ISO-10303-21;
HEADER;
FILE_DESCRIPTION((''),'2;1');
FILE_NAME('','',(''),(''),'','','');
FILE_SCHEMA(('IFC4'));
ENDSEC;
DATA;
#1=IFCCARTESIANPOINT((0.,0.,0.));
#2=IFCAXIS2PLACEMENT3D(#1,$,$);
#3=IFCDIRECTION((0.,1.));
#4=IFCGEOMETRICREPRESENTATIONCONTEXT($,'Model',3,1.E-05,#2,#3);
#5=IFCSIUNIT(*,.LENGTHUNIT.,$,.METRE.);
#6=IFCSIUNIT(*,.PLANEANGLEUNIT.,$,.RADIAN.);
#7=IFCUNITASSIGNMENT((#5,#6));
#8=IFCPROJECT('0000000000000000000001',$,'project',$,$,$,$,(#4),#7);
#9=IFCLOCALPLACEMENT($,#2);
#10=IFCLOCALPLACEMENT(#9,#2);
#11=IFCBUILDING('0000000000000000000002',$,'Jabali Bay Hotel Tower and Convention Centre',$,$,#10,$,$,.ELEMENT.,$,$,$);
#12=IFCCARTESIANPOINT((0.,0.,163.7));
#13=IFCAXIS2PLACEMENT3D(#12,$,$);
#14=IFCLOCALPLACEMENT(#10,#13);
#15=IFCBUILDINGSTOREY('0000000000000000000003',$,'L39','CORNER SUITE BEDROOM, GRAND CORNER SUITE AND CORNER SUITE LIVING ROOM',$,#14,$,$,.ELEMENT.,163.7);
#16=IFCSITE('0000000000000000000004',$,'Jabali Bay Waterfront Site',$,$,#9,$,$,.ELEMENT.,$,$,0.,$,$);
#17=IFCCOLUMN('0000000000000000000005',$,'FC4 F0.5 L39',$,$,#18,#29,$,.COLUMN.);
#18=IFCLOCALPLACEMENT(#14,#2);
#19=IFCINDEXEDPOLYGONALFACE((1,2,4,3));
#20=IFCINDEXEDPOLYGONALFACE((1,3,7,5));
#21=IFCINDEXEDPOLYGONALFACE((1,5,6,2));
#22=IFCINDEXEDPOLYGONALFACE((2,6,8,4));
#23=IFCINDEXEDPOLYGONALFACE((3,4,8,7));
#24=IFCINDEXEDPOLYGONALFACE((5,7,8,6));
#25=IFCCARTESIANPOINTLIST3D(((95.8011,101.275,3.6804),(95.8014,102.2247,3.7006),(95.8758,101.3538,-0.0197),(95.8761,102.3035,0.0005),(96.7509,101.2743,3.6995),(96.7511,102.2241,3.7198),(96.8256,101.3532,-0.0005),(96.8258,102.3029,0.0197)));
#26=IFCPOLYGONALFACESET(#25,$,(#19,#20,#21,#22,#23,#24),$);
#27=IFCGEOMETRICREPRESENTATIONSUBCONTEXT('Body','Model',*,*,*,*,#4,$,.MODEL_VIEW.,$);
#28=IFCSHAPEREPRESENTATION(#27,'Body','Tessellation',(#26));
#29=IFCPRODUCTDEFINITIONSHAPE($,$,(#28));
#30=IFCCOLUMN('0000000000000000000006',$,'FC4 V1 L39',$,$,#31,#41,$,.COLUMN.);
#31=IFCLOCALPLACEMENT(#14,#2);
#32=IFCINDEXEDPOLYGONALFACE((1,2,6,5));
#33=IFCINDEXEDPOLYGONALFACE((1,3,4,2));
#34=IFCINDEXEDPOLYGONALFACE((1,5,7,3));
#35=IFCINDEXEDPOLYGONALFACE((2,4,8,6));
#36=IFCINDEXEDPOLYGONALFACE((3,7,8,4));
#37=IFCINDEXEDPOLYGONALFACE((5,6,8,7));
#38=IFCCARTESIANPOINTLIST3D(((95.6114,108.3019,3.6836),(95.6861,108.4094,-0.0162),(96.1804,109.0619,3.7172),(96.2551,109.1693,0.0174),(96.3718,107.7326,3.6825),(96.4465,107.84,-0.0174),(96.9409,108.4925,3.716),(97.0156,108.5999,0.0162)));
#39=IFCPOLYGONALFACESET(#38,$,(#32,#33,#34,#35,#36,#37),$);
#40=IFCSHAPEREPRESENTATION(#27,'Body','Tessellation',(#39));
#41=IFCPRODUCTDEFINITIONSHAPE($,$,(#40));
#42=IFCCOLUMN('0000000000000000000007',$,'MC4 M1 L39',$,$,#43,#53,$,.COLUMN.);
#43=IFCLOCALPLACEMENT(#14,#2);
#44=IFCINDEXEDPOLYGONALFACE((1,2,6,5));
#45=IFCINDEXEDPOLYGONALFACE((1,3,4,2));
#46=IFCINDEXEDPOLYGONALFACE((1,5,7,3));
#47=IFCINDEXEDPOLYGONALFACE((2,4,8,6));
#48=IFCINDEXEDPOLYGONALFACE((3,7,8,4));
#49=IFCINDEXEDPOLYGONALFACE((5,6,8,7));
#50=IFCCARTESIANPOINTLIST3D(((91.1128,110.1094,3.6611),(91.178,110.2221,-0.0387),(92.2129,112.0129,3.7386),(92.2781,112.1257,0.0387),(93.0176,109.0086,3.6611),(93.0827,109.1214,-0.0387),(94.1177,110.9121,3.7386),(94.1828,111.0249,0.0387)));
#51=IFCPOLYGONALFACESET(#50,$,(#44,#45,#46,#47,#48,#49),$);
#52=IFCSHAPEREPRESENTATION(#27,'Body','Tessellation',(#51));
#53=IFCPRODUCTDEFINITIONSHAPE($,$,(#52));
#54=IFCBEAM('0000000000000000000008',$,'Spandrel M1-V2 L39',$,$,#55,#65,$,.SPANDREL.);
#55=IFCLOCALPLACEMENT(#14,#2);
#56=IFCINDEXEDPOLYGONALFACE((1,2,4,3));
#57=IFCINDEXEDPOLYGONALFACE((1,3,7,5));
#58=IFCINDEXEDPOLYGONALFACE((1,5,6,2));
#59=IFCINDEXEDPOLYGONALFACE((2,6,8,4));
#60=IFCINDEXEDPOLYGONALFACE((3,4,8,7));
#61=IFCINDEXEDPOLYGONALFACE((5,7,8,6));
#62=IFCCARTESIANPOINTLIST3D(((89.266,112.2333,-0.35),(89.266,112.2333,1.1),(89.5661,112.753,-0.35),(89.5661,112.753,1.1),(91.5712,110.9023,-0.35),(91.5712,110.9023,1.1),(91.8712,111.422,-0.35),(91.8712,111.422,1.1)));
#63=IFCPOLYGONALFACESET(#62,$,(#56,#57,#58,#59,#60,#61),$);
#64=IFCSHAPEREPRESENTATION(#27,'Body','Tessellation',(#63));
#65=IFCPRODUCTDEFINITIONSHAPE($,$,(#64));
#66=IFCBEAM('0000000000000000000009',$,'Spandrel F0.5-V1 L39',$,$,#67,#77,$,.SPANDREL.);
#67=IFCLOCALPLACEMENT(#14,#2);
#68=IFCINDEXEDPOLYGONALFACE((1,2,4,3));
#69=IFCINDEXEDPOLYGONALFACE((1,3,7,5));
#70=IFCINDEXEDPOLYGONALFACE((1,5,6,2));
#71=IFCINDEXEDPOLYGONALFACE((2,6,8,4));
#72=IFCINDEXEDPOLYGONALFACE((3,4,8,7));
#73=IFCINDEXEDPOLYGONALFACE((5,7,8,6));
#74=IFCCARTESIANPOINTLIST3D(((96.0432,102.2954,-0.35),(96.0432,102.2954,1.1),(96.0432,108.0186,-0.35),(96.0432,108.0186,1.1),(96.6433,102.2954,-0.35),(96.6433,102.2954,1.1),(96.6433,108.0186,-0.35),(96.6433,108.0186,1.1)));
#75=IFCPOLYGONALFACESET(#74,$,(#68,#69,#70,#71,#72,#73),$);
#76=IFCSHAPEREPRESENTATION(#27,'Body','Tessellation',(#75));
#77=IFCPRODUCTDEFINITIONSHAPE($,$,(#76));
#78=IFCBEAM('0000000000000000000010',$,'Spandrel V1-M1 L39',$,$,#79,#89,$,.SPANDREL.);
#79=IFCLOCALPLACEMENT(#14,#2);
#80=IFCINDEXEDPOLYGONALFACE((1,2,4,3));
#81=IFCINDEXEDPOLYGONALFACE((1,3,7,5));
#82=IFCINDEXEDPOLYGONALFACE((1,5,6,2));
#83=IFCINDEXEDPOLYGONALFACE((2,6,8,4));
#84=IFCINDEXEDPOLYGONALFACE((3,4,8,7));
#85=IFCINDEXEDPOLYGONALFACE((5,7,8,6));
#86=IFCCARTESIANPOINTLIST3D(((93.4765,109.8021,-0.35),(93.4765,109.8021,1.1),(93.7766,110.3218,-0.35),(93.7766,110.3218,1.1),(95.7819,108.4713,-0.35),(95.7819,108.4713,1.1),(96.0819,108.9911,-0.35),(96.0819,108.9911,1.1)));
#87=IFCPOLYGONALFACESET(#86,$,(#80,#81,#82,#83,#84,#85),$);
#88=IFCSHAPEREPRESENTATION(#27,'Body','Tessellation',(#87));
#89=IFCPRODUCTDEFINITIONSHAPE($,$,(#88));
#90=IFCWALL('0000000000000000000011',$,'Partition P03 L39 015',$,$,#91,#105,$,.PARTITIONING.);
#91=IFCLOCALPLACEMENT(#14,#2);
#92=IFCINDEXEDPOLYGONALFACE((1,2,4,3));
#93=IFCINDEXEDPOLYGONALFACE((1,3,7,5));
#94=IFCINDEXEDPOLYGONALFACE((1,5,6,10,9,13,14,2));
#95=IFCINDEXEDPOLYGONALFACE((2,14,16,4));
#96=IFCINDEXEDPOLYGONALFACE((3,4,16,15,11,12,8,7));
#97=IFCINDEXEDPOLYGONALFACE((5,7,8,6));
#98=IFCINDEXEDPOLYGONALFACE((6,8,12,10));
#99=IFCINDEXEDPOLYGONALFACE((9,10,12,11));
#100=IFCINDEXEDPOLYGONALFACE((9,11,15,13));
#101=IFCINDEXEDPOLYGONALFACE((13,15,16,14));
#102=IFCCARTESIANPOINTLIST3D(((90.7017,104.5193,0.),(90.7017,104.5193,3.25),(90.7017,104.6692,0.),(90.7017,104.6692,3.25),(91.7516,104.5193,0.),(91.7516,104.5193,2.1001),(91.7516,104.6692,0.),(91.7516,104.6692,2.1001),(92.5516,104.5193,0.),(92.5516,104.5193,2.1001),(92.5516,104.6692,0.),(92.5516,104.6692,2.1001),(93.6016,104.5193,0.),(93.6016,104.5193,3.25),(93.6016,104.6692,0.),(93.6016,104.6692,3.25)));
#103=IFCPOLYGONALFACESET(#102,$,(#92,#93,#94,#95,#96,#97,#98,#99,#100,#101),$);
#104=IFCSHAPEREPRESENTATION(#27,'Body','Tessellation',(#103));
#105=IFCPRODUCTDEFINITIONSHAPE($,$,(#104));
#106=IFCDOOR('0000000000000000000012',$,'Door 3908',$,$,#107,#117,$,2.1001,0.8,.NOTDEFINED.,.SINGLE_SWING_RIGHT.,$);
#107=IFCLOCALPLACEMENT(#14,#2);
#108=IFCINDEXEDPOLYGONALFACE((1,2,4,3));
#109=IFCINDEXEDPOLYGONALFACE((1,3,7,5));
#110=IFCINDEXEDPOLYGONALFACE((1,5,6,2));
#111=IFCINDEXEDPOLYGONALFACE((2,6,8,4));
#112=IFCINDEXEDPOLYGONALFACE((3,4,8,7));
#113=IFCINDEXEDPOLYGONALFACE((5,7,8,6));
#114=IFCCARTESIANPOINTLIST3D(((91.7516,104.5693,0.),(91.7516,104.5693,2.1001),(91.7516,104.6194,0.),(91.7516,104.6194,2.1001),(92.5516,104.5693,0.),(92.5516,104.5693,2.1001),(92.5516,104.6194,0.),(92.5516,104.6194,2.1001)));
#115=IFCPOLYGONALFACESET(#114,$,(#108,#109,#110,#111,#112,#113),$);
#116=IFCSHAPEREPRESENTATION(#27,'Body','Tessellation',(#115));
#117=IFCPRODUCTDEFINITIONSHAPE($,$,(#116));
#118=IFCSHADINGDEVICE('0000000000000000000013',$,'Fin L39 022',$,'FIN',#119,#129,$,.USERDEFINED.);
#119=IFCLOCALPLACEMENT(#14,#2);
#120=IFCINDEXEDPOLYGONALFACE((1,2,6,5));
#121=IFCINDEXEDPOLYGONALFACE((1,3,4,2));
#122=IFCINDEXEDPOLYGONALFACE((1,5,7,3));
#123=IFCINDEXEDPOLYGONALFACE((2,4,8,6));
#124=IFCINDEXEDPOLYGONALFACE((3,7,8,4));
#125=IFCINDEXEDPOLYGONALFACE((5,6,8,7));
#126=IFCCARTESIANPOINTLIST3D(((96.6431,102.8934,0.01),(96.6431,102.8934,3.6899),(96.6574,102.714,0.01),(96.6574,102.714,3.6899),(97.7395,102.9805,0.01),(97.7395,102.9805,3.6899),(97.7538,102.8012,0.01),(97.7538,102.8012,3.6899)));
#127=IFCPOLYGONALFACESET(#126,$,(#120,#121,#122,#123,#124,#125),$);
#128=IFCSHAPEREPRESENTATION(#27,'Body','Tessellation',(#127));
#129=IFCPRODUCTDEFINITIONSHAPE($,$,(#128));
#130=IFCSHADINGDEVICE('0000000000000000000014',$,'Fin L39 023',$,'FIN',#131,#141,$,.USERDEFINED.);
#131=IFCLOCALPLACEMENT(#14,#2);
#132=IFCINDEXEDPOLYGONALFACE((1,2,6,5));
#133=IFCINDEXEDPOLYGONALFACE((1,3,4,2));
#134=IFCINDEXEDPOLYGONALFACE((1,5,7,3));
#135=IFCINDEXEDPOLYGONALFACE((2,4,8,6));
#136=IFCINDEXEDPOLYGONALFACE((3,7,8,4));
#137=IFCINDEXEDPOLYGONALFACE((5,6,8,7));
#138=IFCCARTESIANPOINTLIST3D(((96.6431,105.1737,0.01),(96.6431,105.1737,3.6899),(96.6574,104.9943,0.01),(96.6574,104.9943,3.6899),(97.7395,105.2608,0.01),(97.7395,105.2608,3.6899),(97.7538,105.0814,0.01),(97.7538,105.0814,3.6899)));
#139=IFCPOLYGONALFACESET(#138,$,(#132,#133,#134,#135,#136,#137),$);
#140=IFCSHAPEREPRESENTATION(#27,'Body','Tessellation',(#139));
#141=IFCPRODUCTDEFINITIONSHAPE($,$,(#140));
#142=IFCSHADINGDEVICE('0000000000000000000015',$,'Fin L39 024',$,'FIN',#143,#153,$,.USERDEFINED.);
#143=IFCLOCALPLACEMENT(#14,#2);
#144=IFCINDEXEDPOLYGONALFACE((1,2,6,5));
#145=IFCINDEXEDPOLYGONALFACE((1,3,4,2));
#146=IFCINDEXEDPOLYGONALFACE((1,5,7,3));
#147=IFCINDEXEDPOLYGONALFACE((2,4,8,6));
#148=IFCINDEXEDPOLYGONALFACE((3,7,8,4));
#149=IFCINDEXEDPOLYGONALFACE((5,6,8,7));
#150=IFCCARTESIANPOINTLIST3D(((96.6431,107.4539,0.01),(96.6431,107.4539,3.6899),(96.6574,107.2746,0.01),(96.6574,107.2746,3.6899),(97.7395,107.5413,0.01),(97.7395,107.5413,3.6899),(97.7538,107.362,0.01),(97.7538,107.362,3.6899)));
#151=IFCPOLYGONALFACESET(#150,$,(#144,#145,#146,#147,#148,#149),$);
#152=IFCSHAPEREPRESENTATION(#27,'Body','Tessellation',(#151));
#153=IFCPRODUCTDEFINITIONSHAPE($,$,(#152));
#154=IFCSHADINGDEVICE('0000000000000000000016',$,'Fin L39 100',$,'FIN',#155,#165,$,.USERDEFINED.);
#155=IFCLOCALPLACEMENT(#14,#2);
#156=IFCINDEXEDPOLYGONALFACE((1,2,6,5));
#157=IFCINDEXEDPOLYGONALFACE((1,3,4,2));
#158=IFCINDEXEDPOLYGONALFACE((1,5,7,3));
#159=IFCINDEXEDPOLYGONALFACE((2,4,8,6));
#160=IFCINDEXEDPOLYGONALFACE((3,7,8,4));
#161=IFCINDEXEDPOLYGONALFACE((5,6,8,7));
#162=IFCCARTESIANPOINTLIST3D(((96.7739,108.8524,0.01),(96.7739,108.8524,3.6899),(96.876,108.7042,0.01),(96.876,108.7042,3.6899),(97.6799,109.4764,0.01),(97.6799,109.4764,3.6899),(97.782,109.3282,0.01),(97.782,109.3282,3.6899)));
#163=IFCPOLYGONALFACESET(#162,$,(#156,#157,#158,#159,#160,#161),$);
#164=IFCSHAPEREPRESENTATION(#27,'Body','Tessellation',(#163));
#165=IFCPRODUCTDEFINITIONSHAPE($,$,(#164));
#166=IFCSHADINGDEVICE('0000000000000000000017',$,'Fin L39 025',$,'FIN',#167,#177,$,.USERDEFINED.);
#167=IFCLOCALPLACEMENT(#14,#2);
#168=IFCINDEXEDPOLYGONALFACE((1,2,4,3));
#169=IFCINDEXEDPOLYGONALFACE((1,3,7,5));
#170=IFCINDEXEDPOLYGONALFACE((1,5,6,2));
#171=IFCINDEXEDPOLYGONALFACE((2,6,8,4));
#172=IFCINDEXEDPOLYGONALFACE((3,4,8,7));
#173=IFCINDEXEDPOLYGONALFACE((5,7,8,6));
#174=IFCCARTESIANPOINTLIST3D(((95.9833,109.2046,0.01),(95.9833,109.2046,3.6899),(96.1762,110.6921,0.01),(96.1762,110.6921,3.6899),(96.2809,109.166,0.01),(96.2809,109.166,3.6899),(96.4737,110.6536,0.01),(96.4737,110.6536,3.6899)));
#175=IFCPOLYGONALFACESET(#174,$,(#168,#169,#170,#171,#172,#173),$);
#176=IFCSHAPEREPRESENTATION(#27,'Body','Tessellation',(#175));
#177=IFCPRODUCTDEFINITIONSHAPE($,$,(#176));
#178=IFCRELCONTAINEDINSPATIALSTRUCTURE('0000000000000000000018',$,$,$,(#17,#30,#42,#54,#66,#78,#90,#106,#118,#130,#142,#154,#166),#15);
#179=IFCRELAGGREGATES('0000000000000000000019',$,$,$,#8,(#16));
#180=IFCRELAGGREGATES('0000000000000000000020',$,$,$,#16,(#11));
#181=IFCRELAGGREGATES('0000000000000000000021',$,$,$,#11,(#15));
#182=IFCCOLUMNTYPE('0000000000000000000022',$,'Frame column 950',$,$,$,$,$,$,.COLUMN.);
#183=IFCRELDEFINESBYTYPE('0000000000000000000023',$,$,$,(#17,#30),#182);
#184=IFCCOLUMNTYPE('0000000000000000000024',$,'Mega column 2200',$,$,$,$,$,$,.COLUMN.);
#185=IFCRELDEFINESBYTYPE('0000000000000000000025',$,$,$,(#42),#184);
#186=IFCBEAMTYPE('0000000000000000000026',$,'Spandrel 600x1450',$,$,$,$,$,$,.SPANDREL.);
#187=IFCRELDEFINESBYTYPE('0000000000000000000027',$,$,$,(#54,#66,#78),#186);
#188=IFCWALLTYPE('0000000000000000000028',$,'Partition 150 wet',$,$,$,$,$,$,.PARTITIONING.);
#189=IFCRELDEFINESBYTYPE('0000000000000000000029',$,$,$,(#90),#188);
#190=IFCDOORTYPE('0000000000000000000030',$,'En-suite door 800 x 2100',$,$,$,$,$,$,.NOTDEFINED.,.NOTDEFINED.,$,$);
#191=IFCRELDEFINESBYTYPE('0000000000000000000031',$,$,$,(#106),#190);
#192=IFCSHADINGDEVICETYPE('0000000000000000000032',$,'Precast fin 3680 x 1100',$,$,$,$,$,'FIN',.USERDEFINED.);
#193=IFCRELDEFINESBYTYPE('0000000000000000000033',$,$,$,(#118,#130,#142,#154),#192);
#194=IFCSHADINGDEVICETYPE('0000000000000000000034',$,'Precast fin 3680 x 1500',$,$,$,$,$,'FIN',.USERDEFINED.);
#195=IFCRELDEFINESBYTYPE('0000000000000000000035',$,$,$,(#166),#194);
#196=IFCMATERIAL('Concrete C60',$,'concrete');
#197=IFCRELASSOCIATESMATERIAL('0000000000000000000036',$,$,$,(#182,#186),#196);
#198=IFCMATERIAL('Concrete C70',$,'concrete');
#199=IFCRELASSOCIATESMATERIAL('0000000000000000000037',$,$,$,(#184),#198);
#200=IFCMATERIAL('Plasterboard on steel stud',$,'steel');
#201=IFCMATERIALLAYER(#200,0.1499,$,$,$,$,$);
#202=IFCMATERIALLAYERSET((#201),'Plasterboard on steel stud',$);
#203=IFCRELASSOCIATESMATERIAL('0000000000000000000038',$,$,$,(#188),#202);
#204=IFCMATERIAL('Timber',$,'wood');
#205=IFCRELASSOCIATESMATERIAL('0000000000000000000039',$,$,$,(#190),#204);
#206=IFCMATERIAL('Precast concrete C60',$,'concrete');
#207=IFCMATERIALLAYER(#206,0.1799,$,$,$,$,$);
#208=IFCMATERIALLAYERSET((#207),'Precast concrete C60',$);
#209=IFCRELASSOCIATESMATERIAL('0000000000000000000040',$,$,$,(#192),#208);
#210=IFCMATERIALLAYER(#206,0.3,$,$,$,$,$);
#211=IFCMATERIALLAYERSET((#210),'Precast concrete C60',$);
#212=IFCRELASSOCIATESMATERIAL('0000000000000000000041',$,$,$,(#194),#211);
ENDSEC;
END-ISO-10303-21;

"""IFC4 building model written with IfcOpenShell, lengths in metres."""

from ifc_helpers import new_model, si_unit, direction, frame, frame_2d, origin, origin_2d, place, context, subcontext, project, spatial, rectangle, extrude, material, layer, layer_set, material_profile, profile_set, type_object, element, fill, save


model = new_model("IFC4")

# Units and contexts
model_context = context("Model", 3, precision=1e-05, world=origin(), true_north=direction((0.0, 1.0)))
body_context = subcontext(model_context, "Body", "Model", "MODEL_VIEW")
ifc_project = project(units=[si_unit("LENGTHUNIT", "METRE"), si_unit("PLANEANGLEUNIT", "RADIAN")], contexts=[model_context])

# Site, building, storey
site_placement = place(None, origin())
site = spatial("IfcSite", under=ifc_project, at=site_placement, Name="Jabali Bay Waterfront Site", CompositionType="ELEMENT", RefElevation=0.0)
building_placement = place(site_placement, origin())
building = spatial("IfcBuilding", under=site, at=building_placement, Name="Jabali Bay Hotel Tower and Convention Centre", CompositionType="ELEMENT")
storey_placement = place(building_placement, frame((0.0, 0.0, 163.7)))
storey = spatial("IfcBuildingStorey", under=building, at=storey_placement, Name="L39", Description="CORNER SUITE BEDROOM, GRAND CORNER SUITE AND CORNER SUITE LIVING ROOM", CompositionType="ELEMENT", Elevation=163.7)

# Columns
ifc_material_1 = material(Name="Concrete C60", Category="concrete")
ifc_material_profile_1 = material_profile(ifc_material_1, rectangle(XDim=0.95, YDim=0.95, at=origin_2d()), Name="Frame column 950")
ifc_profile_set_1 = profile_set([ifc_material_profile_1], Name="Concrete C60")
column_type_1 = type_object("IfcColumnType", Name="Frame column 950", PredefinedType="COLUMN", material=ifc_profile_set_1)
column_1_placement = place(storey_placement, frame((96.3508, 101.8284, 0.0), z_axis=(-0.020183, -0.021304, 0.999569), x_axis=(0.999796, -0.000658, 0.020173)))
element("IfcColumn", 1, at=column_1_placement, inside=storey, type_object=column_type_1, Name="FC4 F0.5 L39", PredefinedType="COLUMN", context=body_context, shape_type="SweptSolid", body=[
    extrude(rectangle(XDim=0.95, YDim=0.95, at=origin_2d()), origin(), (0.0, 0.0, 1.0), 3.7017),
])
column_2_placement = place(storey_placement, frame((96.3508, 108.5046, 0.0), z_axis=(-0.020179, -0.029015, 0.999375), x_axis=(0.599023, 0.799953, 0.03532)))
element("IfcColumn", 2, at=column_2_placement, inside=storey, type_object=column_type_1, Name="FC4 V1 L39", PredefinedType="COLUMN", context=body_context, shape_type="SweptSolid", body=[
    extrude(rectangle(XDim=0.95, YDim=0.95, at=origin_2d()), origin(), (0.0, 0.0, 1.0), 3.7021),
])
ifc_material_2 = material(Name="Concrete C70", Category="concrete")
ifc_material_profile_2 = material_profile(ifc_material_2, rectangle(XDim=2.2, YDim=2.2, at=origin_2d()), Name="Mega column 2200")
ifc_profile_set_2 = profile_set([ifc_material_profile_2], Name="Concrete C70")
column_type_2 = type_object("IfcColumnType", Name="Mega column 2200", PredefinedType="COLUMN", material=ifc_profile_set_2)
column_3_placement = place(storey_placement, frame((92.6804, 110.6235, 0.0), z_axis=(-0.017607, -0.030466, 0.999381), x_axis=(0.865812, -0.500369, 0.0)))
element("IfcColumn", 3, at=column_3_placement, inside=storey, type_object=column_type_2, Name="MC4 M1 L39", PredefinedType="COLUMN", context=body_context, shape_type="SweptSolid", body=[
    extrude(rectangle(XDim=2.2, YDim=2.2, at=origin_2d()), origin(), (0.0, 0.0, 1.0), 3.7021),
])

# Beams
ifc_material_profile_3 = material_profile(ifc_material_1, rectangle(XDim=0.6001, YDim=1.45, at=origin_2d()), Name="Spandrel 600x1450")
ifc_profile_set_3 = profile_set([ifc_material_profile_3], Name="Concrete C60")
beam_type = type_object("IfcBeamType", Name="Spandrel 600x1450", PredefinedType="SPANDREL", material=ifc_profile_set_3)
beam_1_placement = place(storey_placement, frame((91.7212, 111.1621, 0.375), z_axis=(-0.865999, 0.500045, 0.0), x_axis=(-0.500045, -0.865999, 0.0)))
element("IfcBeam", 4, at=beam_1_placement, inside=storey, type_object=beam_type, Name="Spandrel M1-V2 L39", PredefinedType="SPANDREL", context=body_context, shape_type="SweptSolid", body=[
    extrude(rectangle(XDim=0.6001, YDim=1.45, at=origin_2d()), origin(), (0.0, 0.0, 1.0), 2.6619),
])
beam_2_placement = place(storey_placement, frame((96.3433, 102.2954, 0.375), z_axis=(0.0, 1.0, 0.0), x_axis=(-1.0, 0.0, 0.0)))
element("IfcBeam", 5, at=beam_2_placement, inside=storey, type_object=beam_type, Name="Spandrel F0.5-V1 L39", PredefinedType="SPANDREL", context=body_context, shape_type="SweptSolid", body=[
    extrude(rectangle(XDim=0.6001, YDim=1.45, at=origin_2d()), origin(), (0.0, 0.0, 1.0), 5.7231),
])
beam_3_placement = place(storey_placement, frame((95.9319, 108.7312, 0.375), z_axis=(-0.866062, 0.499937, 0.0), x_axis=(-0.499937, -0.866062, 0.0)))
element("IfcBeam", 6, at=beam_3_placement, inside=storey, type_object=beam_type, Name="Spandrel V1-M1 L39", PredefinedType="SPANDREL", context=body_context, shape_type="SweptSolid", body=[
    extrude(rectangle(XDim=0.6001, YDim=1.45, at=origin_2d()), origin(), (0.0, 0.0, 1.0), 2.6619),
])

# Wall, opening, door
ifc_material_3 = material(Name="Plasterboard on steel stud", Category="steel")
ifc_layer_1 = layer(ifc_material_3, 0.1499)
ifc_layer_set_1 = layer_set([ifc_layer_1], Name="Plasterboard on steel stud")
wall_type_1 = type_object("IfcWallType", Name="Partition 150 wet", PredefinedType="PARTITIONING", material=ifc_layer_set_1)
wall_1_placement = place(storey_placement, frame((93.6016, 104.5942, 0.0), z_axis=(0.0, 0.0, 1.0), x_axis=(-1.0, 0.0, 0.0)))
wall_1 = element("IfcWall", 7, at=wall_1_placement, inside=storey, type_object=wall_type_1, Name="Partition P03 L39 015", PredefinedType="PARTITIONING", context=body_context, shape_type="SweptSolid", body=[
    extrude(rectangle(XDim=2.8999, YDim=0.1499, at=frame_2d((1.45, 0.0))), origin(), (0.0, 0.0, 1.0), 3.25),
])
opening_1_placement = place(wall_1_placement, frame((1.05, 0.0, 0.0)))
opening_1 = element("IfcOpeningElement", 8, at=opening_1_placement, cuts=wall_1, PredefinedType="OPENING", context=body_context, shape_type="SweptSolid", body=[
    extrude(rectangle(XDim=0.8, YDim=2.1001, at=frame_2d((0.3999, 1.05))), frame((0.0, 0.0854, 0.0), z_axis=(0.0, -1.0, 0.0), x_axis=(1.0, 0.0, 0.0)), (0.0, 0.0, 1.0), 0.1709),
])
ifc_material_4 = material(Name="Timber", Category="wood")
door_type_1 = type_object("IfcDoorType", Name="En-suite door 800 x 2100", OperationType="NOTDEFINED", PredefinedType="NOTDEFINED", material=ifc_material_4)
door_1_placement = place(opening_1_placement, origin())
door_1 = element("IfcDoor", 9, at=door_1_placement, inside=storey, type_object=door_type_1, Name="Door 3908", OperationType="SINGLE_SWING_RIGHT", OverallHeight=2.1001, OverallWidth=0.8, PredefinedType="NOTDEFINED", context=body_context, shape_type="SweptSolid", body=[
    extrude(rectangle(XDim=0.8, YDim=2.1001, at=frame_2d((0.3999, 1.05))), frame((0.0, 0.0249, 0.0), z_axis=(0.0, -1.0, 0.0), x_axis=(1.0, 0.0, 0.0)), (0.0, 0.0, 1.0), 0.05),
])
fill(opening_1, door_1)

# Shading devices
ifc_material_5 = material(Name="Precast concrete C60", Category="concrete")
ifc_layer_2 = layer(ifc_material_5, 0.1799)
ifc_layer_set_2 = layer_set([ifc_layer_2], Name="Precast concrete C60")
shading_device_type_1 = type_object("IfcShadingDeviceType", Name="Precast fin 3680 x 1100", ElementType="FIN", PredefinedType="USERDEFINED", material=ifc_layer_set_2)
for number, where, z_axis, x_axis, name in (
    (10, (96.6504, 102.8037, 0.01), (0.0, 0.0, 1.0), (0.996855, 0.079242, 0.0), "Fin L39 022"),
    (11, (96.6504, 105.084, 0.01), (0.0, 0.0, 1.0), (0.996855, 0.079242, 0.0), "Fin L39 023"),
    (12, (96.6504, 107.3643, 0.01), (0.0, 0.0, 1.0), (0.996838, 0.079463, 0.0), "Fin L39 024"),
):
    element("IfcShadingDevice", number, at=place(storey_placement, frame(where, z_axis=z_axis, x_axis=x_axis)), inside=storey, type_object=shading_device_type_1, Name=name, ObjectType="FIN", PredefinedType="USERDEFINED", context=body_context, shape_type="SweptSolid", body=[
        extrude(rectangle(XDim=1.0999, YDim=0.1799, at=frame_2d((0.5498, 0.0))), origin(), (0.0, 0.0, 1.0), 3.6799),
    ])
shading_device_placement = place(storey_placement, frame((96.825, 108.7783, 0.01), z_axis=(0.0, 0.0, 1.0), x_axis=(0.823556, 0.567235, 0.0)))
element("IfcShadingDevice", 13, at=shading_device_placement, inside=storey, type_object=shading_device_type_1, Name="Fin L39 100", ObjectType="FIN", PredefinedType="USERDEFINED", context=body_context, shape_type="SweptSolid", body=[
    extrude(rectangle(XDim=1.1001, YDim=0.1799, at=frame_2d((0.55, 0.0))), origin(), (0.0, 0.0, 1.0), 3.6799),
])
ifc_layer_3 = layer(ifc_material_5, 0.3)
ifc_layer_set_3 = layer_set([ifc_layer_3], Name="Precast concrete C60")
shading_device_type_2 = type_object("IfcShadingDeviceType", Name="Precast fin 3680 x 1500", ElementType="FIN", PredefinedType="USERDEFINED", material=ifc_layer_set_3)
for number, where, z_axis, x_axis, name in (
    (14, (96.1321, 109.1853, 0.01), (0.0, 0.0, 1.0), (0.128581, 0.991699, 0.0), "Fin L39 025"),
):
    element("IfcShadingDevice", number, at=place(storey_placement, frame(where, z_axis=z_axis, x_axis=x_axis)), inside=storey, type_object=shading_device_type_2, Name=name, ObjectType="FIN", PredefinedType="USERDEFINED", context=body_context, shape_type="SweptSolid", body=[
        extrude(rectangle(XDim=1.5, YDim=0.3, at=frame_2d((0.75, 0.0))), origin(), (0.0, 0.0, 1.0), 3.6799),
    ])

save(model, "model.ifc")
